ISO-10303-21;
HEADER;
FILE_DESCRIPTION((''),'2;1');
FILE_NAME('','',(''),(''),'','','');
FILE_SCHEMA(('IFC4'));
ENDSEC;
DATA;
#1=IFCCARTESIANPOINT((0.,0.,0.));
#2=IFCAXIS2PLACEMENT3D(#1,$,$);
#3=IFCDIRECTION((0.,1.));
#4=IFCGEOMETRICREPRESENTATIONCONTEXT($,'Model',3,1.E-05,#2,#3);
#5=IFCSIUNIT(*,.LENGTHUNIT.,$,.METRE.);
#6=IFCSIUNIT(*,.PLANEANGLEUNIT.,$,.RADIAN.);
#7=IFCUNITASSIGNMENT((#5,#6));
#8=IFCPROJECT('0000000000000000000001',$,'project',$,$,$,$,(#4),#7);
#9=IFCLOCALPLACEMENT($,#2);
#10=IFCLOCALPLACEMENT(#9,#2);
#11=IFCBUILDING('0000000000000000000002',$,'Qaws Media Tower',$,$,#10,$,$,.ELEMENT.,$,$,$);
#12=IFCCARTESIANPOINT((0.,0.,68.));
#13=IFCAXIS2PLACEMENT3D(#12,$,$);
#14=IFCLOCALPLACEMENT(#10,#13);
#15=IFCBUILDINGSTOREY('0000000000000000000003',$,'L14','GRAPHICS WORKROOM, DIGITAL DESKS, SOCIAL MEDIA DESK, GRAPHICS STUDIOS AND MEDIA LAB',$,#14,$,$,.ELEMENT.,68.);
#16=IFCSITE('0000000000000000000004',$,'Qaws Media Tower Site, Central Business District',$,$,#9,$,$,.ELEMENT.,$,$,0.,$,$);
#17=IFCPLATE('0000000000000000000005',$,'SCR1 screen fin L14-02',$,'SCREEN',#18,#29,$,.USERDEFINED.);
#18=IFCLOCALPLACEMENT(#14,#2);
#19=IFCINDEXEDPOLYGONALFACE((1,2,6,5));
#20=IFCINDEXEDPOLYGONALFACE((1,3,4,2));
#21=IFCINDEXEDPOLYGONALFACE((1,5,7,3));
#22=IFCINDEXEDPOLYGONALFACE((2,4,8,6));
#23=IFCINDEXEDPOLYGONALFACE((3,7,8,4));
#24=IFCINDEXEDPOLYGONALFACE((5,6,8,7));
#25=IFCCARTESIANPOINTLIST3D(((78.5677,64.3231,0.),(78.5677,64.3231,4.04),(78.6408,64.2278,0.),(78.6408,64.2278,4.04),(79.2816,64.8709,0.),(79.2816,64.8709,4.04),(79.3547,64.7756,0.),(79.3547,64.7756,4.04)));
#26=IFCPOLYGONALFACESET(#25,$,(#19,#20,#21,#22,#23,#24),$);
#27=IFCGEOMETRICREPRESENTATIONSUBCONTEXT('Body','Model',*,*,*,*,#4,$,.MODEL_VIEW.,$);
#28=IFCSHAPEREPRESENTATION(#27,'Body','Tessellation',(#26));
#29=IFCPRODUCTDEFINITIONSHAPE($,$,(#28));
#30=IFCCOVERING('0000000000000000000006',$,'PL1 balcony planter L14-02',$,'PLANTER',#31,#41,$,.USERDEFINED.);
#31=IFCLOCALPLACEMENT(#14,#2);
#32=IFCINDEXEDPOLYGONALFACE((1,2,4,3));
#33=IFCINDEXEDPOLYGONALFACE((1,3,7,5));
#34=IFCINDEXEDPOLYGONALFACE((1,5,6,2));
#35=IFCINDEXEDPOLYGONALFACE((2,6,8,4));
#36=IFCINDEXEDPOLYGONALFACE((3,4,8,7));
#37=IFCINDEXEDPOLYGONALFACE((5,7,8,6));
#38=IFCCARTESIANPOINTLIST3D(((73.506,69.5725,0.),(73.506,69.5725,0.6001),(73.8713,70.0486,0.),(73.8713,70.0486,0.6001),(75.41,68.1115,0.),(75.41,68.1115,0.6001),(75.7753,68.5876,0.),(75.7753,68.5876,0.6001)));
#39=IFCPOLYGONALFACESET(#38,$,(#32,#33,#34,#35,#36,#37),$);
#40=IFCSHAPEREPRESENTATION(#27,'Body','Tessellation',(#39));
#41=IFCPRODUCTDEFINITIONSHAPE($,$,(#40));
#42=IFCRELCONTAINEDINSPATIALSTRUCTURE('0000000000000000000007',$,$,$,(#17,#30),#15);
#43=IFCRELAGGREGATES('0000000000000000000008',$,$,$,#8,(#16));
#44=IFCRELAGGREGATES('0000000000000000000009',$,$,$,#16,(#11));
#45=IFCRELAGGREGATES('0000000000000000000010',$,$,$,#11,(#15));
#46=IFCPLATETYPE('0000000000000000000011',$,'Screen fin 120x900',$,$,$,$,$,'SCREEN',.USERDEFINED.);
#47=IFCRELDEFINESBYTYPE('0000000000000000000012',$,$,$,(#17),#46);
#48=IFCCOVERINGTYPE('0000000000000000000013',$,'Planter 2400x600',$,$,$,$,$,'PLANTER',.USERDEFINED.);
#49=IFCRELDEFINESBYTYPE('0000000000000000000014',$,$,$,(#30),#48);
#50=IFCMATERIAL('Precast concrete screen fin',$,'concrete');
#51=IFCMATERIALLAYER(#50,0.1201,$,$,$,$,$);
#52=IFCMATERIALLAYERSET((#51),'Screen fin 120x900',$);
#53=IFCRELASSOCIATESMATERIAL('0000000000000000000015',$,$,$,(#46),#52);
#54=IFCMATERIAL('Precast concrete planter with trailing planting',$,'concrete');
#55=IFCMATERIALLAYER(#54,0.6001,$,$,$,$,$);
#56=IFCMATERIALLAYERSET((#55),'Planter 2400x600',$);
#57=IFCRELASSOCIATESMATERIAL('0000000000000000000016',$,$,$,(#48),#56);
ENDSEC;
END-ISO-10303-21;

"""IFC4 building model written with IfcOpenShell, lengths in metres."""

from ifc_helpers import new_model, si_unit, direction, frame, origin, origin_2d, place, context, subcontext, project, spatial, rectangle, extrude, material, layer, layer_set, type_object, element, save


model = new_model("IFC4")

# Units and contexts
model_context = context("Model", 3, precision=1e-05, world=origin(), true_north=direction((0.0, 1.0)))
body_context = subcontext(model_context, "Body", "Model", "MODEL_VIEW")
ifc_project = project(units=[si_unit("LENGTHUNIT", "METRE"), si_unit("PLANEANGLEUNIT", "RADIAN")], contexts=[model_context])

# Site, building, storey
site_placement = place(None, origin())
site = spatial("IfcSite", under=ifc_project, at=site_placement, Name="Qaws Media Tower Site, Central Business District", CompositionType="ELEMENT", RefElevation=0.0)
building_placement = place(site_placement, origin())
building = spatial("IfcBuilding", under=site, at=building_placement, Name="Qaws Media Tower", CompositionType="ELEMENT")
storey_placement = place(building_placement, frame((0.0, 0.0, 68.0)))
storey = spatial("IfcBuildingStorey", under=building, at=storey_placement, Name="L14", Description="GRAPHICS WORKROOM, DIGITAL DESKS, SOCIAL MEDIA DESK, GRAPHICS STUDIOS AND MEDIA LAB", CompositionType="ELEMENT", Elevation=68.0)

# Plate
ifc_material_1 = material(Name="Precast concrete screen fin", Category="concrete")
ifc_layer_1 = layer(ifc_material_1, 0.1201)
ifc_layer_set_1 = layer_set([ifc_layer_1], Name="Screen fin 120x900")
plate_type_1 = type_object("IfcPlateType", Name="Screen fin 120x900", ElementType="SCREEN", PredefinedType="USERDEFINED", material=ifc_layer_set_1)
plate_1_placement = place(storey_placement, frame((78.9612, 64.5493, 0.0), z_axis=(0.0, 0.0, 1.0), x_axis=(0.793353, 0.608761, 0.0)))
element("IfcPlate", 1, at=plate_1_placement, inside=storey, type_object=plate_type_1, Name="SCR1 screen fin L14-02", ObjectType="SCREEN", PredefinedType="USERDEFINED", context=body_context, shape_type="SweptSolid", body=[
    extrude(rectangle(XDim=0.8999, YDim=0.1201, at=origin_2d()), origin(), (0.0, 0.0, 1.0), 4.04),
])

# Covering
ifc_material_2 = material(Name="Precast concrete planter with trailing planting", Category="concrete")
ifc_layer_2 = layer(ifc_material_2, 0.6001)
ifc_layer_set_2 = layer_set([ifc_layer_2], Name="Planter 2400x600")
covering_type = type_object("IfcCoveringType", Name="Planter 2400x600", ElementType="PLANTER", PredefinedType="USERDEFINED", material=ifc_layer_set_2)
covering_placement = place(storey_placement, frame((74.6406, 69.0801, 0.0), z_axis=(0.0, 0.0, 1.0), x_axis=(-0.793353, 0.608761, 0.0)))
element("IfcCovering", 2, at=covering_placement, inside=storey, type_object=covering_type, Name="PL1 balcony planter L14-02", ObjectType="PLANTER", PredefinedType="USERDEFINED", context=body_context, shape_type="SweptSolid", body=[
    extrude(rectangle(XDim=2.3999, YDim=0.6001, at=origin_2d()), origin(), (0.0, 0.0, 1.0), 0.6001),
])

save(model, "model.ifc")
